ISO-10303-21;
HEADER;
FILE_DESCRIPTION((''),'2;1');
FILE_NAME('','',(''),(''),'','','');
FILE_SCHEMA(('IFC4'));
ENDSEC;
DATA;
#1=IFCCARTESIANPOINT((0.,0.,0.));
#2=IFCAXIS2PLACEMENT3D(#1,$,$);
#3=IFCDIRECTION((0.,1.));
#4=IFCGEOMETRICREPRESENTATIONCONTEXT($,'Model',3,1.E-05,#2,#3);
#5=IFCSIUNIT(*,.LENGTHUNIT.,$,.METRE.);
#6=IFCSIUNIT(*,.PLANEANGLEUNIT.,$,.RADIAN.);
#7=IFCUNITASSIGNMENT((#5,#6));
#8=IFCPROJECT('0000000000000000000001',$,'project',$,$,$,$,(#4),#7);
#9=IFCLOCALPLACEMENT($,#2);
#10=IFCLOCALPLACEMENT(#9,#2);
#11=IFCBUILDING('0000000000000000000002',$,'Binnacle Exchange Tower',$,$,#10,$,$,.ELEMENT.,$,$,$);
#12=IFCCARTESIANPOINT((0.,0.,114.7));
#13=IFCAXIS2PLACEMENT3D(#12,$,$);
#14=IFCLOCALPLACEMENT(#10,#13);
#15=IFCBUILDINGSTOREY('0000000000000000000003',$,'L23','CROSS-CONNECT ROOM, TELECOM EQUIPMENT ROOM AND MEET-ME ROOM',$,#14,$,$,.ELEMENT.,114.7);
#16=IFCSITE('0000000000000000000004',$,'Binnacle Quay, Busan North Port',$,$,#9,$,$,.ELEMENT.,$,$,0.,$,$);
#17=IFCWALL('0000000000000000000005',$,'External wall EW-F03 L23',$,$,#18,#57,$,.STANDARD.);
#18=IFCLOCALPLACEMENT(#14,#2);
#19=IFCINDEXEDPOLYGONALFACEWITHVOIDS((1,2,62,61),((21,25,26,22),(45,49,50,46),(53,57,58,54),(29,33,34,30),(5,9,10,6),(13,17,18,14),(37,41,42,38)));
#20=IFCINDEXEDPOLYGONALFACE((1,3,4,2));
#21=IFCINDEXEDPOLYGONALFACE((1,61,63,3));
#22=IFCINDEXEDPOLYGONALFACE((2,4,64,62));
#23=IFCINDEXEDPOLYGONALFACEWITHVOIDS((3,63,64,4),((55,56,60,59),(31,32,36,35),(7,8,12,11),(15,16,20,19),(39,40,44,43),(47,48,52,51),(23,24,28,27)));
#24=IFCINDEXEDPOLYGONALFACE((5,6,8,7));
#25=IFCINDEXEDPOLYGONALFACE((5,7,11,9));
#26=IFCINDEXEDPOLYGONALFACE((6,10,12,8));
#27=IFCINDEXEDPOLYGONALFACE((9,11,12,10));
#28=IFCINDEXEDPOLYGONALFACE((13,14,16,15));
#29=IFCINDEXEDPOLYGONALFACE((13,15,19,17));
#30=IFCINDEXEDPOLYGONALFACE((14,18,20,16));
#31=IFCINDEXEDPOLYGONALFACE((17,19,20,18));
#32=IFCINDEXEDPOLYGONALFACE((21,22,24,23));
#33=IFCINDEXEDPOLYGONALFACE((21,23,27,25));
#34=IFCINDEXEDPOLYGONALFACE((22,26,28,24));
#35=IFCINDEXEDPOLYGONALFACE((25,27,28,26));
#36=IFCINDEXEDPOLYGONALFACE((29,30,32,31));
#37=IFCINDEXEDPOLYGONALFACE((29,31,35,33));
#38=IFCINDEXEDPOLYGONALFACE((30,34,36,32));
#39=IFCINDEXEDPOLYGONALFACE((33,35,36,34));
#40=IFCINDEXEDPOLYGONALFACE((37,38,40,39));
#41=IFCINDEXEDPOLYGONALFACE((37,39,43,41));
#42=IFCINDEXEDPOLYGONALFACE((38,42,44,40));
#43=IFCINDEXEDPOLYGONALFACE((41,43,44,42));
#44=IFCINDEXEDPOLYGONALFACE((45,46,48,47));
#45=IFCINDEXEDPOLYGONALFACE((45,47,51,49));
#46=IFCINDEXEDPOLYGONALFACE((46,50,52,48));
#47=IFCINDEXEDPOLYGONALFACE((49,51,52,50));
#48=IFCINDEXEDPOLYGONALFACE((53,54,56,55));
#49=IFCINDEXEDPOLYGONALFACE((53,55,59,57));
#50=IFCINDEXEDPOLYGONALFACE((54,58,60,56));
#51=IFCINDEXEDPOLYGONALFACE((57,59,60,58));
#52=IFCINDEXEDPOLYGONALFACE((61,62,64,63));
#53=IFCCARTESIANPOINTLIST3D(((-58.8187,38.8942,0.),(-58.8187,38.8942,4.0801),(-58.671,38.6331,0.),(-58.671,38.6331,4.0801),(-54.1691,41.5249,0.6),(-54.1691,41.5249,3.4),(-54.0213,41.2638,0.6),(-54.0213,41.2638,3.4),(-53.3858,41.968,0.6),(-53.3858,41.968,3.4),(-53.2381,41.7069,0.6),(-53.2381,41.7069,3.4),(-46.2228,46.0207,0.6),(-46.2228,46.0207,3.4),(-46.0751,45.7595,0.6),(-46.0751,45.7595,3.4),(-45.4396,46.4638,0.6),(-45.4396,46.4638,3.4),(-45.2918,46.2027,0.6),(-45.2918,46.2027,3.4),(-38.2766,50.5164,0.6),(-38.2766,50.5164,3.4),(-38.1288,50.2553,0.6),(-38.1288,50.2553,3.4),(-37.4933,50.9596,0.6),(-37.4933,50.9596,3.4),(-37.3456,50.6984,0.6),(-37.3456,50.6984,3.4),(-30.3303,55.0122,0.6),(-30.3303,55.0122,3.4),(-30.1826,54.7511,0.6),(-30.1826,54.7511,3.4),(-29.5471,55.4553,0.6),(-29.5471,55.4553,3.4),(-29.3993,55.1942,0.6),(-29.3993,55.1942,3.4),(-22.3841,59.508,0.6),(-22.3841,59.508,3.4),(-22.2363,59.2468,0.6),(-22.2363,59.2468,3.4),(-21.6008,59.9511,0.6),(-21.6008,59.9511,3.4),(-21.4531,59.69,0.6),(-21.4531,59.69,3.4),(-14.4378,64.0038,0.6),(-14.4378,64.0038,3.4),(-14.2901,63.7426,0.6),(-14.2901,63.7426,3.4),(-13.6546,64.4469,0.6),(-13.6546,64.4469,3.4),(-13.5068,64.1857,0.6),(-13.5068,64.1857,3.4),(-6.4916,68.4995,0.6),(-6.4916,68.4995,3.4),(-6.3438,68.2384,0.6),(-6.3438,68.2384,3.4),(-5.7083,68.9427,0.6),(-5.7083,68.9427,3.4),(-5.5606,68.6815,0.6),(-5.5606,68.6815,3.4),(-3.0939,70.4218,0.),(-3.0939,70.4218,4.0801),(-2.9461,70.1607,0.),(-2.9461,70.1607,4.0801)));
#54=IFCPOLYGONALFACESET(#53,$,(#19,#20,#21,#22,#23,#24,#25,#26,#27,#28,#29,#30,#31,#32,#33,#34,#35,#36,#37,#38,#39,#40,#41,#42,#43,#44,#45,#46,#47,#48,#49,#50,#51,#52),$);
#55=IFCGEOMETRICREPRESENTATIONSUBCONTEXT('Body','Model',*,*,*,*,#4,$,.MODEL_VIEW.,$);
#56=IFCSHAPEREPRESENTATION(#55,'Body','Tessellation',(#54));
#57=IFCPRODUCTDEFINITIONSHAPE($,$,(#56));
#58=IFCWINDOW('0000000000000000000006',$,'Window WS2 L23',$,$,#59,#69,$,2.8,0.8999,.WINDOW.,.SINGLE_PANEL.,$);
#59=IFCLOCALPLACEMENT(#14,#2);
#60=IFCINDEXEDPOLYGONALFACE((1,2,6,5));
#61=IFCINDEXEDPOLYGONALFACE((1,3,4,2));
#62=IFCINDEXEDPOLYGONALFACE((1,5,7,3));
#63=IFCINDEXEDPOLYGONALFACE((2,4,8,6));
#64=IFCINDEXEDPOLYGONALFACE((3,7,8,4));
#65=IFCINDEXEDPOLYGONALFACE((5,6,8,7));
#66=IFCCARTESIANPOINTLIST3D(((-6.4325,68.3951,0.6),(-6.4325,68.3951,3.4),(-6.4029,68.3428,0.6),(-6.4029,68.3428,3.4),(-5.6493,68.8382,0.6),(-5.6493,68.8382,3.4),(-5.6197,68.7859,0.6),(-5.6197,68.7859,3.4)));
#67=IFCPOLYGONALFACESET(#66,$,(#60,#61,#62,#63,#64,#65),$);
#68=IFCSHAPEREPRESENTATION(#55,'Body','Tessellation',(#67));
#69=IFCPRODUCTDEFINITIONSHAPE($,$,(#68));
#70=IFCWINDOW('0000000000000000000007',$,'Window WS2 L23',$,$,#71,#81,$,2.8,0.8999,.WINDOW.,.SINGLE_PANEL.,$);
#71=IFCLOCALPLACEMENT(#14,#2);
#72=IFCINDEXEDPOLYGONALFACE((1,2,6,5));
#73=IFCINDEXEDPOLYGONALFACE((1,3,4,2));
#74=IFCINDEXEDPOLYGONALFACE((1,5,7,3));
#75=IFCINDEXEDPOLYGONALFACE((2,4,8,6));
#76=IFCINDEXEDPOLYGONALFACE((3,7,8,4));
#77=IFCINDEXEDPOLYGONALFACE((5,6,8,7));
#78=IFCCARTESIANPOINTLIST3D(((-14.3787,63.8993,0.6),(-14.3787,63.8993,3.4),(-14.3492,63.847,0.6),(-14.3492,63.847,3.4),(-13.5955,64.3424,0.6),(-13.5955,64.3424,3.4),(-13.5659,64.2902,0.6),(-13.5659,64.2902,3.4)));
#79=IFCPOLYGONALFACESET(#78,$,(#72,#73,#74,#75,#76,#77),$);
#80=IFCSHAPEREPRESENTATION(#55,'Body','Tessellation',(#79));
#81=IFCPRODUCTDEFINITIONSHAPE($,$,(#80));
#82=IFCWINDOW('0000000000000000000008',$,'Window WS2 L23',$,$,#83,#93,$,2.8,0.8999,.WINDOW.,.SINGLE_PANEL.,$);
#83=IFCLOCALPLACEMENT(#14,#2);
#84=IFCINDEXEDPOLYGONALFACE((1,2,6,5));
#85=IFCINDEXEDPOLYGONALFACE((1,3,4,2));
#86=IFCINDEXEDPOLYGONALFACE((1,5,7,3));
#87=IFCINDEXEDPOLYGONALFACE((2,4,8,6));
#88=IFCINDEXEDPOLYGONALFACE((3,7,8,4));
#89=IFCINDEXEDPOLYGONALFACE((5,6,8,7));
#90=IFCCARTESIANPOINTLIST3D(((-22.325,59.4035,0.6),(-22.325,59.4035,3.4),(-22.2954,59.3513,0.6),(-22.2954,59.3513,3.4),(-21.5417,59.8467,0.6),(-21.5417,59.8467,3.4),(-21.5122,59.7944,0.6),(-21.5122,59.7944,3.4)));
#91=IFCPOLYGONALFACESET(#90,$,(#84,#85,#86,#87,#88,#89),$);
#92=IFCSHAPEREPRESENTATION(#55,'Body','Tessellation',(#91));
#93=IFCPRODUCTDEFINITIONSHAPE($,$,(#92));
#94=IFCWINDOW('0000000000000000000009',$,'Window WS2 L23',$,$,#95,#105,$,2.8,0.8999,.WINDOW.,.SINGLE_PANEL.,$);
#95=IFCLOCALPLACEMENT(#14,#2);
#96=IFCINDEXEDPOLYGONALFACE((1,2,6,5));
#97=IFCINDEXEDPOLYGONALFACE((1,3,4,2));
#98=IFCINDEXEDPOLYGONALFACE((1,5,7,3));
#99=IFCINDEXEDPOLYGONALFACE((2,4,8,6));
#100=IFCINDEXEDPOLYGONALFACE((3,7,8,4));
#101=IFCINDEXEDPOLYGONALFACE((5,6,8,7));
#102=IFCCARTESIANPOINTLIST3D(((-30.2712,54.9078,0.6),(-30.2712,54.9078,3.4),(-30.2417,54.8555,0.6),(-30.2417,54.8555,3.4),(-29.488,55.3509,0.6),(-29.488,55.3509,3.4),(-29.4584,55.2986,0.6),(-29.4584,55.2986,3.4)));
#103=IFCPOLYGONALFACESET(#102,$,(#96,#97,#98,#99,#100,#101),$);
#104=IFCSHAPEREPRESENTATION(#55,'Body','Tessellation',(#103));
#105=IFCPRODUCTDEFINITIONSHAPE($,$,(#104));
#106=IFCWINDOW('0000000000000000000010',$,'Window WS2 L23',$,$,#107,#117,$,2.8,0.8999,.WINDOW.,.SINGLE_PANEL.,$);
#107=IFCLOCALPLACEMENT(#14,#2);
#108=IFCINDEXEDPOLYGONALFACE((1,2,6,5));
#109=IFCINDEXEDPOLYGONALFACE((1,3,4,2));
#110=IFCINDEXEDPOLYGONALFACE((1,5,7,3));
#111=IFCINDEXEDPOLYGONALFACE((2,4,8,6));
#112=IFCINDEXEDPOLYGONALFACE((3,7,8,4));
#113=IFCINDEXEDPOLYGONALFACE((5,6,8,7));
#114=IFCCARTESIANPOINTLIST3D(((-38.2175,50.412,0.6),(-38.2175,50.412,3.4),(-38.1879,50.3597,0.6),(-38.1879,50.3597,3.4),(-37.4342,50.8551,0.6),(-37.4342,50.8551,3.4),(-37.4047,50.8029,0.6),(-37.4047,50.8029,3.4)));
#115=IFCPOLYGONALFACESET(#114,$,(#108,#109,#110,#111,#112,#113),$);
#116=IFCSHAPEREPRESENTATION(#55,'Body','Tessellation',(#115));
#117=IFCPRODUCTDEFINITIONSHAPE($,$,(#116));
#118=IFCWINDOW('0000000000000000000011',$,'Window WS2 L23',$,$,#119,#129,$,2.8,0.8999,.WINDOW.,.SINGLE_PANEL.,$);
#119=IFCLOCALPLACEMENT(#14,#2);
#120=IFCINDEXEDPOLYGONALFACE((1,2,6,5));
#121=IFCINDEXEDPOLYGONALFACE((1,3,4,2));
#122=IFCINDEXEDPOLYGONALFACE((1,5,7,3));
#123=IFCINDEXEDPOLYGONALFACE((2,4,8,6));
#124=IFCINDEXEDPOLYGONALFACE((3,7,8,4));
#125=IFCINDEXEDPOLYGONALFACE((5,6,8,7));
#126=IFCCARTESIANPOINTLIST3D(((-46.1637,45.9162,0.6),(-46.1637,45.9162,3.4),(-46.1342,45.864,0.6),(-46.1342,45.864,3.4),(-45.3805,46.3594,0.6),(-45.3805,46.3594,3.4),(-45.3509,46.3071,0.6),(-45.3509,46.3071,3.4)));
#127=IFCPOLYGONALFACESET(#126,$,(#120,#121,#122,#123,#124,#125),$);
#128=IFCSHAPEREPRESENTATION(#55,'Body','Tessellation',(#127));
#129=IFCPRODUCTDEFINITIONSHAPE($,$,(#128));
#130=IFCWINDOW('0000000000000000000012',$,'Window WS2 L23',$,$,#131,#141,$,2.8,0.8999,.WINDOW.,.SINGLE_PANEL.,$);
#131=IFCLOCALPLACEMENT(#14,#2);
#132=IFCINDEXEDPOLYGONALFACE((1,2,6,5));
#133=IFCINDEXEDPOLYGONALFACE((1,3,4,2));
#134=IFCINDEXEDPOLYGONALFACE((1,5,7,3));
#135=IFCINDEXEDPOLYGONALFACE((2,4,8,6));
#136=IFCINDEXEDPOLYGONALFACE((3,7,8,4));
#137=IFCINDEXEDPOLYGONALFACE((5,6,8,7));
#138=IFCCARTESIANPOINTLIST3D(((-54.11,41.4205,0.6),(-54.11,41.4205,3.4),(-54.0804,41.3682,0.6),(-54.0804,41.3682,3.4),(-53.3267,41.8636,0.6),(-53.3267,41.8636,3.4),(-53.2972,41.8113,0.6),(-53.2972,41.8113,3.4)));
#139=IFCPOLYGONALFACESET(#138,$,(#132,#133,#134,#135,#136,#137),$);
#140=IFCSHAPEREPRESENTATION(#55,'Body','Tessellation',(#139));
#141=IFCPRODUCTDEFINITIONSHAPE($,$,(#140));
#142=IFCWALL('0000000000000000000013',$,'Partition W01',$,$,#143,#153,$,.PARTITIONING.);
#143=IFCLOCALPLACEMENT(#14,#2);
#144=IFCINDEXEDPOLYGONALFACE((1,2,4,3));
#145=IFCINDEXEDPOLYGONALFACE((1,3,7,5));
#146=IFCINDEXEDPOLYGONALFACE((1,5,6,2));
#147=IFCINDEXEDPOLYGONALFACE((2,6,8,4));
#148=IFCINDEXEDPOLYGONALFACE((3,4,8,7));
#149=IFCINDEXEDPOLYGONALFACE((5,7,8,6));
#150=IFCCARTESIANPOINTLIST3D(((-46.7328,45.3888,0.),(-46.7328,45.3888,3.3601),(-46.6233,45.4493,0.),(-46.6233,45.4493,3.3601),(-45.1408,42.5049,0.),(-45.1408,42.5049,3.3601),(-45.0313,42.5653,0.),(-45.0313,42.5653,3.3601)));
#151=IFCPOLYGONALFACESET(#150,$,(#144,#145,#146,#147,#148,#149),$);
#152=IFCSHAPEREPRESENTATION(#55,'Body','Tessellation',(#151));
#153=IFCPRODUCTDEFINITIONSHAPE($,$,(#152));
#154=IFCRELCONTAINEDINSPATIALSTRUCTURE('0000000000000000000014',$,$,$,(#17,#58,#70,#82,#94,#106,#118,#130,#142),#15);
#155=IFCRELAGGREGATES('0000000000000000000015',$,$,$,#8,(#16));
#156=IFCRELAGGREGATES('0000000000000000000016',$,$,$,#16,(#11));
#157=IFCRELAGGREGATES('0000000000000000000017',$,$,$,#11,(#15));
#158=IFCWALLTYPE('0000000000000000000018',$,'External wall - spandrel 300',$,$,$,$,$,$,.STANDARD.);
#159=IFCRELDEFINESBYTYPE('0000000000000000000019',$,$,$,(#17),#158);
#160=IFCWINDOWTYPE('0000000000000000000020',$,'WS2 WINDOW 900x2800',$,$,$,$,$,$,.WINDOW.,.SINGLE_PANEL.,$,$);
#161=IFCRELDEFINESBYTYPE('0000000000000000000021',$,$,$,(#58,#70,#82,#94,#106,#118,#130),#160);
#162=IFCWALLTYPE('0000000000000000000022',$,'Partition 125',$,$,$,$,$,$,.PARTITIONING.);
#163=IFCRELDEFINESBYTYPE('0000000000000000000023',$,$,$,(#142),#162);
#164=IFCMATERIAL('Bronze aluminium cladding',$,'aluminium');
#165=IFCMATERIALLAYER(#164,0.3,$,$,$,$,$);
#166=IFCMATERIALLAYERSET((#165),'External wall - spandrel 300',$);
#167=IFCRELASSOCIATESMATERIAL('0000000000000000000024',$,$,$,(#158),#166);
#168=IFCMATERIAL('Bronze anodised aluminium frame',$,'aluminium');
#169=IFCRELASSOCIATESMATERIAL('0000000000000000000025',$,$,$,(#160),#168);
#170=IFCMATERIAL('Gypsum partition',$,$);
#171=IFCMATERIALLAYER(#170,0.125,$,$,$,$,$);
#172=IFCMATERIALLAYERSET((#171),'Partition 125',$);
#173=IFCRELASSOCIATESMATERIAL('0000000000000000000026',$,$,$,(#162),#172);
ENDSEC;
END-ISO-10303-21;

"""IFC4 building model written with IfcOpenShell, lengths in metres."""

from ifc_helpers import new_model, si_unit, direction, frame, frame_2d, origin, place, context, subcontext, project, spatial, rectangle, extrude, material, layer, layer_set, type_object, element, fill, save


model = new_model("IFC4")

# Units and contexts
model_context = context("Model", 3, precision=1e-05, world=origin(), true_north=direction((0.0, 1.0)))
body_context = subcontext(model_context, "Body", "Model", "MODEL_VIEW")
ifc_project = project(units=[si_unit("LENGTHUNIT", "METRE"), si_unit("PLANEANGLEUNIT", "RADIAN")], contexts=[model_context])

# Site, building, storey
site_placement = place(None, origin())
site = spatial("IfcSite", under=ifc_project, at=site_placement, Name="Binnacle Quay, Busan North Port", CompositionType="ELEMENT", RefElevation=0.0)
building_placement = place(site_placement, origin())
building = spatial("IfcBuilding", under=site, at=building_placement, Name="Binnacle Exchange Tower", CompositionType="ELEMENT")
storey_placement = place(building_placement, frame((0.0, 0.0, 114.7)))
storey = spatial("IfcBuildingStorey", under=building, at=storey_placement, Name="L23", Description="CROSS-CONNECT ROOM, TELECOM EQUIPMENT ROOM AND MEET-ME ROOM", CompositionType="ELEMENT", Elevation=114.7)

# Wall, openings, windows
ifc_material_1 = material(Name="Bronze aluminium cladding", Category="aluminium")
ifc_layer_1 = layer(ifc_material_1, 0.3)
ifc_layer_set_1 = layer_set([ifc_layer_1], Name="External wall - spandrel 300")
wall_type_1 = type_object("IfcWallType", Name="External wall - spandrel 300", PredefinedType="STANDARD", material=ifc_layer_set_1)
wall_1_placement = place(storey_placement, frame((-58.7449, 38.7637, 0.0), z_axis=(0.0, 0.0, 1.0), x_axis=(0.870356, 0.492423, 0.0)))
wall_1 = element("IfcWall", 1, at=wall_1_placement, inside=storey, type_object=wall_type_1, Name="External wall EW-F03 L23", PredefinedType="STANDARD", context=body_context, shape_type="SweptSolid", body=[
    extrude(rectangle(XDim=64.0254, YDim=0.3, at=frame_2d((32.0127, 0.0))), origin(), (0.0, 0.0, 1.0), 4.0801),
])
opening_1_placement = place(wall_1_placement, frame((60.1216, 0.0, 0.6001)))
opening_1 = element("IfcOpeningElement", 2, at=opening_1_placement, cuts=wall_1, PredefinedType="OPENING", context=body_context, shape_type="SweptSolid", body=[
    extrude(rectangle(XDim=0.8999, YDim=2.8, at=frame_2d((0.45, 1.3999))), frame((0.0, 0.1599, 0.0), z_axis=(0.0, -1.0, 0.0), x_axis=(1.0, 0.0, 0.0)), (0.0, 0.0, 1.0), 0.3201),
])
opening_2_placement = place(wall_1_placement, frame((50.9917, 0.0, 0.6001)))
opening_2 = element("IfcOpeningElement", 3, at=opening_2_placement, cuts=wall_1, PredefinedType="OPENING", context=body_context, shape_type="SweptSolid", body=[
    extrude(rectangle(XDim=0.8999, YDim=2.8, at=frame_2d((0.45, 1.3999))), frame((0.0, 0.1599, 0.0), z_axis=(0.0, -1.0, 0.0), x_axis=(1.0, 0.0, 0.0)), (0.0, 0.0, 1.0), 0.3201),
])
opening_3_placement = place(wall_1_placement, frame((41.8618, 0.0, 0.6001)))
opening_3 = element("IfcOpeningElement", 4, at=opening_3_placement, cuts=wall_1, PredefinedType="OPENING", context=body_context, shape_type="SweptSolid", body=[
    extrude(rectangle(XDim=0.8999, YDim=2.8, at=frame_2d((0.45, 1.3999))), frame((0.0, 0.1599, 0.0), z_axis=(0.0, -1.0, 0.0), x_axis=(1.0, 0.0, 0.0)), (0.0, 0.0, 1.0), 0.3201),
])
opening_4_placement = place(wall_1_placement, frame((32.7319, 0.0, 0.6001)))
opening_4 = element("IfcOpeningElement", 5, at=opening_4_placement, cuts=wall_1, PredefinedType="OPENING", context=body_context, shape_type="SweptSolid", body=[
    extrude(rectangle(XDim=0.8999, YDim=2.8, at=frame_2d((0.45, 1.3999))), frame((0.0, 0.1599, 0.0), z_axis=(0.0, -1.0, 0.0), x_axis=(1.0, 0.0, 0.0)), (0.0, 0.0, 1.0), 0.3201),
])
opening_5_placement = place(wall_1_placement, frame((23.6021, 0.0, 0.6001)))
opening_5 = element("IfcOpeningElement", 6, at=opening_5_placement, cuts=wall_1, PredefinedType="OPENING", context=body_context, shape_type="SweptSolid", body=[
    extrude(rectangle(XDim=0.8999, YDim=2.8, at=frame_2d((0.45, 1.3999))), frame((0.0, 0.1599, 0.0), z_axis=(0.0, -1.0, 0.0), x_axis=(1.0, 0.0, 0.0)), (0.0, 0.0, 1.0), 0.3201),
])
opening_6_placement = place(wall_1_placement, frame((14.4722, 0.0, 0.6001)))
opening_6 = element("IfcOpeningElement", 7, at=opening_6_placement, cuts=wall_1, PredefinedType="OPENING", context=body_context, shape_type="SweptSolid", body=[
    extrude(rectangle(XDim=0.8999, YDim=2.8, at=frame_2d((0.45, 1.3999))), frame((0.0, 0.1599, 0.0), z_axis=(0.0, -1.0, 0.0), x_axis=(1.0, 0.0, 0.0)), (0.0, 0.0, 1.0), 0.3201),
])
opening_7_placement = place(wall_1_placement, frame((5.3423, 0.0, 0.6001)))
opening_7 = element("IfcOpeningElement", 8, at=opening_7_placement, cuts=wall_1, PredefinedType="OPENING", context=body_context, shape_type="SweptSolid", body=[
    extrude(rectangle(XDim=0.8999, YDim=2.8, at=frame_2d((0.45, 1.3999))), frame((0.0, 0.1599, 0.0), z_axis=(0.0, -1.0, 0.0), x_axis=(1.0, 0.0, 0.0)), (0.0, 0.0, 1.0), 0.3201),
])
ifc_material_2 = material(Name="Bronze anodised aluminium frame", Category="aluminium")
window_type = type_object("IfcWindowType", Name="WS2 WINDOW 900x2800", PartitioningType="SINGLE_PANEL", PredefinedType="WINDOW", material=ifc_material_2)
window_1_placement = place(opening_1_placement, origin())
window_1 = element("IfcWindow", 9, at=window_1_placement, inside=storey, type_object=window_type, Name="Window WS2 L23", OverallHeight=2.8, OverallWidth=0.8999, PartitioningType="SINGLE_PANEL", PredefinedType="WINDOW", context=body_context, shape_type="SweptSolid", body=[
    extrude(rectangle(XDim=0.8999, YDim=2.8, at=frame_2d((0.45, 1.3999))), frame((0.0, 0.03, 0.0), z_axis=(0.0, -1.0, 0.0), x_axis=(1.0, 0.0, 0.0)), (0.0, 0.0, 1.0), 0.0601),
])
fill(opening_1, window_1)
window_2_placement = place(opening_2_placement, origin())
window_2 = element("IfcWindow", 10, at=window_2_placement, inside=storey, type_object=window_type, Name="Window WS2 L23", OverallHeight=2.8, OverallWidth=0.8999, PartitioningType="SINGLE_PANEL", PredefinedType="WINDOW", context=body_context, shape_type="SweptSolid", body=[
    extrude(rectangle(XDim=0.8999, YDim=2.8, at=frame_2d((0.45, 1.3999))), frame((0.0, 0.03, 0.0), z_axis=(0.0, -1.0, 0.0), x_axis=(1.0, 0.0, 0.0)), (0.0, 0.0, 1.0), 0.0601),
])
fill(opening_2, window_2)
window_3_placement = place(opening_3_placement, origin())
window_3 = element("IfcWindow", 11, at=window_3_placement, inside=storey, type_object=window_type, Name="Window WS2 L23", OverallHeight=2.8, OverallWidth=0.8999, PartitioningType="SINGLE_PANEL", PredefinedType="WINDOW", context=body_context, shape_type="SweptSolid", body=[
    extrude(rectangle(XDim=0.8999, YDim=2.8, at=frame_2d((0.45, 1.3999))), frame((0.0, 0.03, 0.0), z_axis=(0.0, -1.0, 0.0), x_axis=(1.0, 0.0, 0.0)), (0.0, 0.0, 1.0), 0.0601),
])
fill(opening_3, window_3)
window_4_placement = place(opening_4_placement, origin())
window_4 = element("IfcWindow", 12, at=window_4_placement, inside=storey, type_object=window_type, Name="Window WS2 L23", OverallHeight=2.8, OverallWidth=0.8999, PartitioningType="SINGLE_PANEL", PredefinedType="WINDOW", context=body_context, shape_type="SweptSolid", body=[
    extrude(rectangle(XDim=0.8999, YDim=2.8, at=frame_2d((0.45, 1.3999))), frame((0.0, 0.03, 0.0), z_axis=(0.0, -1.0, 0.0), x_axis=(1.0, 0.0, 0.0)), (0.0, 0.0, 1.0), 0.0601),
])
fill(opening_4, window_4)
window_5_placement = place(opening_5_placement, origin())
window_5 = element("IfcWindow", 13, at=window_5_placement, inside=storey, type_object=window_type, Name="Window WS2 L23", OverallHeight=2.8, OverallWidth=0.8999, PartitioningType="SINGLE_PANEL", PredefinedType="WINDOW", context=body_context, shape_type="SweptSolid", body=[
    extrude(rectangle(XDim=0.8999, YDim=2.8, at=frame_2d((0.45, 1.3999))), frame((0.0, 0.03, 0.0), z_axis=(0.0, -1.0, 0.0), x_axis=(1.0, 0.0, 0.0)), (0.0, 0.0, 1.0), 0.0601),
])
fill(opening_5, window_5)
window_6_placement = place(opening_6_placement, origin())
window_6 = element("IfcWindow", 14, at=window_6_placement, inside=storey, type_object=window_type, Name="Window WS2 L23", OverallHeight=2.8, OverallWidth=0.8999, PartitioningType="SINGLE_PANEL", PredefinedType="WINDOW", context=body_context, shape_type="SweptSolid", body=[
    extrude(rectangle(XDim=0.8999, YDim=2.8, at=frame_2d((0.45, 1.3999))), frame((0.0, 0.03, 0.0), z_axis=(0.0, -1.0, 0.0), x_axis=(1.0, 0.0, 0.0)), (0.0, 0.0, 1.0), 0.0601),
])
fill(opening_6, window_6)
window_7_placement = place(opening_7_placement, origin())
window_7 = element("IfcWindow", 15, at=window_7_placement, inside=storey, type_object=window_type, Name="Window WS2 L23", OverallHeight=2.8, OverallWidth=0.8999, PartitioningType="SINGLE_PANEL", PredefinedType="WINDOW", context=body_context, shape_type="SweptSolid", body=[
    extrude(rectangle(XDim=0.8999, YDim=2.8, at=frame_2d((0.45, 1.3999))), frame((0.0, 0.03, 0.0), z_axis=(0.0, -1.0, 0.0), x_axis=(1.0, 0.0, 0.0)), (0.0, 0.0, 1.0), 0.0601),
])
fill(opening_7, window_7)

# Wall
ifc_material_3 = material(Name="Gypsum partition")
ifc_layer_2 = layer(ifc_material_3, 0.125)
ifc_layer_set_2 = layer_set([ifc_layer_2], Name="Partition 125")
wall_type_2 = type_object("IfcWallType", Name="Partition 125", PredefinedType="PARTITIONING", material=ifc_layer_set_2)
wall_2_placement = place(storey_placement, frame((-46.678, 45.4189, 0.0), z_axis=(0.0, 0.0, 1.0), x_axis=(0.483275, -0.875468, 0.0)))
element("IfcWall", 16, at=wall_2_placement, inside=storey, type_object=wall_type_2, Name="Partition W01", PredefinedType="PARTITIONING", context=body_context, shape_type="SweptSolid", body=[
    extrude(rectangle(XDim=3.2942, YDim=0.125, at=frame_2d((1.647, 0.0))), origin(), (0.0, 0.0, 1.0), 3.3601),
])

save(model, "model.ifc")
